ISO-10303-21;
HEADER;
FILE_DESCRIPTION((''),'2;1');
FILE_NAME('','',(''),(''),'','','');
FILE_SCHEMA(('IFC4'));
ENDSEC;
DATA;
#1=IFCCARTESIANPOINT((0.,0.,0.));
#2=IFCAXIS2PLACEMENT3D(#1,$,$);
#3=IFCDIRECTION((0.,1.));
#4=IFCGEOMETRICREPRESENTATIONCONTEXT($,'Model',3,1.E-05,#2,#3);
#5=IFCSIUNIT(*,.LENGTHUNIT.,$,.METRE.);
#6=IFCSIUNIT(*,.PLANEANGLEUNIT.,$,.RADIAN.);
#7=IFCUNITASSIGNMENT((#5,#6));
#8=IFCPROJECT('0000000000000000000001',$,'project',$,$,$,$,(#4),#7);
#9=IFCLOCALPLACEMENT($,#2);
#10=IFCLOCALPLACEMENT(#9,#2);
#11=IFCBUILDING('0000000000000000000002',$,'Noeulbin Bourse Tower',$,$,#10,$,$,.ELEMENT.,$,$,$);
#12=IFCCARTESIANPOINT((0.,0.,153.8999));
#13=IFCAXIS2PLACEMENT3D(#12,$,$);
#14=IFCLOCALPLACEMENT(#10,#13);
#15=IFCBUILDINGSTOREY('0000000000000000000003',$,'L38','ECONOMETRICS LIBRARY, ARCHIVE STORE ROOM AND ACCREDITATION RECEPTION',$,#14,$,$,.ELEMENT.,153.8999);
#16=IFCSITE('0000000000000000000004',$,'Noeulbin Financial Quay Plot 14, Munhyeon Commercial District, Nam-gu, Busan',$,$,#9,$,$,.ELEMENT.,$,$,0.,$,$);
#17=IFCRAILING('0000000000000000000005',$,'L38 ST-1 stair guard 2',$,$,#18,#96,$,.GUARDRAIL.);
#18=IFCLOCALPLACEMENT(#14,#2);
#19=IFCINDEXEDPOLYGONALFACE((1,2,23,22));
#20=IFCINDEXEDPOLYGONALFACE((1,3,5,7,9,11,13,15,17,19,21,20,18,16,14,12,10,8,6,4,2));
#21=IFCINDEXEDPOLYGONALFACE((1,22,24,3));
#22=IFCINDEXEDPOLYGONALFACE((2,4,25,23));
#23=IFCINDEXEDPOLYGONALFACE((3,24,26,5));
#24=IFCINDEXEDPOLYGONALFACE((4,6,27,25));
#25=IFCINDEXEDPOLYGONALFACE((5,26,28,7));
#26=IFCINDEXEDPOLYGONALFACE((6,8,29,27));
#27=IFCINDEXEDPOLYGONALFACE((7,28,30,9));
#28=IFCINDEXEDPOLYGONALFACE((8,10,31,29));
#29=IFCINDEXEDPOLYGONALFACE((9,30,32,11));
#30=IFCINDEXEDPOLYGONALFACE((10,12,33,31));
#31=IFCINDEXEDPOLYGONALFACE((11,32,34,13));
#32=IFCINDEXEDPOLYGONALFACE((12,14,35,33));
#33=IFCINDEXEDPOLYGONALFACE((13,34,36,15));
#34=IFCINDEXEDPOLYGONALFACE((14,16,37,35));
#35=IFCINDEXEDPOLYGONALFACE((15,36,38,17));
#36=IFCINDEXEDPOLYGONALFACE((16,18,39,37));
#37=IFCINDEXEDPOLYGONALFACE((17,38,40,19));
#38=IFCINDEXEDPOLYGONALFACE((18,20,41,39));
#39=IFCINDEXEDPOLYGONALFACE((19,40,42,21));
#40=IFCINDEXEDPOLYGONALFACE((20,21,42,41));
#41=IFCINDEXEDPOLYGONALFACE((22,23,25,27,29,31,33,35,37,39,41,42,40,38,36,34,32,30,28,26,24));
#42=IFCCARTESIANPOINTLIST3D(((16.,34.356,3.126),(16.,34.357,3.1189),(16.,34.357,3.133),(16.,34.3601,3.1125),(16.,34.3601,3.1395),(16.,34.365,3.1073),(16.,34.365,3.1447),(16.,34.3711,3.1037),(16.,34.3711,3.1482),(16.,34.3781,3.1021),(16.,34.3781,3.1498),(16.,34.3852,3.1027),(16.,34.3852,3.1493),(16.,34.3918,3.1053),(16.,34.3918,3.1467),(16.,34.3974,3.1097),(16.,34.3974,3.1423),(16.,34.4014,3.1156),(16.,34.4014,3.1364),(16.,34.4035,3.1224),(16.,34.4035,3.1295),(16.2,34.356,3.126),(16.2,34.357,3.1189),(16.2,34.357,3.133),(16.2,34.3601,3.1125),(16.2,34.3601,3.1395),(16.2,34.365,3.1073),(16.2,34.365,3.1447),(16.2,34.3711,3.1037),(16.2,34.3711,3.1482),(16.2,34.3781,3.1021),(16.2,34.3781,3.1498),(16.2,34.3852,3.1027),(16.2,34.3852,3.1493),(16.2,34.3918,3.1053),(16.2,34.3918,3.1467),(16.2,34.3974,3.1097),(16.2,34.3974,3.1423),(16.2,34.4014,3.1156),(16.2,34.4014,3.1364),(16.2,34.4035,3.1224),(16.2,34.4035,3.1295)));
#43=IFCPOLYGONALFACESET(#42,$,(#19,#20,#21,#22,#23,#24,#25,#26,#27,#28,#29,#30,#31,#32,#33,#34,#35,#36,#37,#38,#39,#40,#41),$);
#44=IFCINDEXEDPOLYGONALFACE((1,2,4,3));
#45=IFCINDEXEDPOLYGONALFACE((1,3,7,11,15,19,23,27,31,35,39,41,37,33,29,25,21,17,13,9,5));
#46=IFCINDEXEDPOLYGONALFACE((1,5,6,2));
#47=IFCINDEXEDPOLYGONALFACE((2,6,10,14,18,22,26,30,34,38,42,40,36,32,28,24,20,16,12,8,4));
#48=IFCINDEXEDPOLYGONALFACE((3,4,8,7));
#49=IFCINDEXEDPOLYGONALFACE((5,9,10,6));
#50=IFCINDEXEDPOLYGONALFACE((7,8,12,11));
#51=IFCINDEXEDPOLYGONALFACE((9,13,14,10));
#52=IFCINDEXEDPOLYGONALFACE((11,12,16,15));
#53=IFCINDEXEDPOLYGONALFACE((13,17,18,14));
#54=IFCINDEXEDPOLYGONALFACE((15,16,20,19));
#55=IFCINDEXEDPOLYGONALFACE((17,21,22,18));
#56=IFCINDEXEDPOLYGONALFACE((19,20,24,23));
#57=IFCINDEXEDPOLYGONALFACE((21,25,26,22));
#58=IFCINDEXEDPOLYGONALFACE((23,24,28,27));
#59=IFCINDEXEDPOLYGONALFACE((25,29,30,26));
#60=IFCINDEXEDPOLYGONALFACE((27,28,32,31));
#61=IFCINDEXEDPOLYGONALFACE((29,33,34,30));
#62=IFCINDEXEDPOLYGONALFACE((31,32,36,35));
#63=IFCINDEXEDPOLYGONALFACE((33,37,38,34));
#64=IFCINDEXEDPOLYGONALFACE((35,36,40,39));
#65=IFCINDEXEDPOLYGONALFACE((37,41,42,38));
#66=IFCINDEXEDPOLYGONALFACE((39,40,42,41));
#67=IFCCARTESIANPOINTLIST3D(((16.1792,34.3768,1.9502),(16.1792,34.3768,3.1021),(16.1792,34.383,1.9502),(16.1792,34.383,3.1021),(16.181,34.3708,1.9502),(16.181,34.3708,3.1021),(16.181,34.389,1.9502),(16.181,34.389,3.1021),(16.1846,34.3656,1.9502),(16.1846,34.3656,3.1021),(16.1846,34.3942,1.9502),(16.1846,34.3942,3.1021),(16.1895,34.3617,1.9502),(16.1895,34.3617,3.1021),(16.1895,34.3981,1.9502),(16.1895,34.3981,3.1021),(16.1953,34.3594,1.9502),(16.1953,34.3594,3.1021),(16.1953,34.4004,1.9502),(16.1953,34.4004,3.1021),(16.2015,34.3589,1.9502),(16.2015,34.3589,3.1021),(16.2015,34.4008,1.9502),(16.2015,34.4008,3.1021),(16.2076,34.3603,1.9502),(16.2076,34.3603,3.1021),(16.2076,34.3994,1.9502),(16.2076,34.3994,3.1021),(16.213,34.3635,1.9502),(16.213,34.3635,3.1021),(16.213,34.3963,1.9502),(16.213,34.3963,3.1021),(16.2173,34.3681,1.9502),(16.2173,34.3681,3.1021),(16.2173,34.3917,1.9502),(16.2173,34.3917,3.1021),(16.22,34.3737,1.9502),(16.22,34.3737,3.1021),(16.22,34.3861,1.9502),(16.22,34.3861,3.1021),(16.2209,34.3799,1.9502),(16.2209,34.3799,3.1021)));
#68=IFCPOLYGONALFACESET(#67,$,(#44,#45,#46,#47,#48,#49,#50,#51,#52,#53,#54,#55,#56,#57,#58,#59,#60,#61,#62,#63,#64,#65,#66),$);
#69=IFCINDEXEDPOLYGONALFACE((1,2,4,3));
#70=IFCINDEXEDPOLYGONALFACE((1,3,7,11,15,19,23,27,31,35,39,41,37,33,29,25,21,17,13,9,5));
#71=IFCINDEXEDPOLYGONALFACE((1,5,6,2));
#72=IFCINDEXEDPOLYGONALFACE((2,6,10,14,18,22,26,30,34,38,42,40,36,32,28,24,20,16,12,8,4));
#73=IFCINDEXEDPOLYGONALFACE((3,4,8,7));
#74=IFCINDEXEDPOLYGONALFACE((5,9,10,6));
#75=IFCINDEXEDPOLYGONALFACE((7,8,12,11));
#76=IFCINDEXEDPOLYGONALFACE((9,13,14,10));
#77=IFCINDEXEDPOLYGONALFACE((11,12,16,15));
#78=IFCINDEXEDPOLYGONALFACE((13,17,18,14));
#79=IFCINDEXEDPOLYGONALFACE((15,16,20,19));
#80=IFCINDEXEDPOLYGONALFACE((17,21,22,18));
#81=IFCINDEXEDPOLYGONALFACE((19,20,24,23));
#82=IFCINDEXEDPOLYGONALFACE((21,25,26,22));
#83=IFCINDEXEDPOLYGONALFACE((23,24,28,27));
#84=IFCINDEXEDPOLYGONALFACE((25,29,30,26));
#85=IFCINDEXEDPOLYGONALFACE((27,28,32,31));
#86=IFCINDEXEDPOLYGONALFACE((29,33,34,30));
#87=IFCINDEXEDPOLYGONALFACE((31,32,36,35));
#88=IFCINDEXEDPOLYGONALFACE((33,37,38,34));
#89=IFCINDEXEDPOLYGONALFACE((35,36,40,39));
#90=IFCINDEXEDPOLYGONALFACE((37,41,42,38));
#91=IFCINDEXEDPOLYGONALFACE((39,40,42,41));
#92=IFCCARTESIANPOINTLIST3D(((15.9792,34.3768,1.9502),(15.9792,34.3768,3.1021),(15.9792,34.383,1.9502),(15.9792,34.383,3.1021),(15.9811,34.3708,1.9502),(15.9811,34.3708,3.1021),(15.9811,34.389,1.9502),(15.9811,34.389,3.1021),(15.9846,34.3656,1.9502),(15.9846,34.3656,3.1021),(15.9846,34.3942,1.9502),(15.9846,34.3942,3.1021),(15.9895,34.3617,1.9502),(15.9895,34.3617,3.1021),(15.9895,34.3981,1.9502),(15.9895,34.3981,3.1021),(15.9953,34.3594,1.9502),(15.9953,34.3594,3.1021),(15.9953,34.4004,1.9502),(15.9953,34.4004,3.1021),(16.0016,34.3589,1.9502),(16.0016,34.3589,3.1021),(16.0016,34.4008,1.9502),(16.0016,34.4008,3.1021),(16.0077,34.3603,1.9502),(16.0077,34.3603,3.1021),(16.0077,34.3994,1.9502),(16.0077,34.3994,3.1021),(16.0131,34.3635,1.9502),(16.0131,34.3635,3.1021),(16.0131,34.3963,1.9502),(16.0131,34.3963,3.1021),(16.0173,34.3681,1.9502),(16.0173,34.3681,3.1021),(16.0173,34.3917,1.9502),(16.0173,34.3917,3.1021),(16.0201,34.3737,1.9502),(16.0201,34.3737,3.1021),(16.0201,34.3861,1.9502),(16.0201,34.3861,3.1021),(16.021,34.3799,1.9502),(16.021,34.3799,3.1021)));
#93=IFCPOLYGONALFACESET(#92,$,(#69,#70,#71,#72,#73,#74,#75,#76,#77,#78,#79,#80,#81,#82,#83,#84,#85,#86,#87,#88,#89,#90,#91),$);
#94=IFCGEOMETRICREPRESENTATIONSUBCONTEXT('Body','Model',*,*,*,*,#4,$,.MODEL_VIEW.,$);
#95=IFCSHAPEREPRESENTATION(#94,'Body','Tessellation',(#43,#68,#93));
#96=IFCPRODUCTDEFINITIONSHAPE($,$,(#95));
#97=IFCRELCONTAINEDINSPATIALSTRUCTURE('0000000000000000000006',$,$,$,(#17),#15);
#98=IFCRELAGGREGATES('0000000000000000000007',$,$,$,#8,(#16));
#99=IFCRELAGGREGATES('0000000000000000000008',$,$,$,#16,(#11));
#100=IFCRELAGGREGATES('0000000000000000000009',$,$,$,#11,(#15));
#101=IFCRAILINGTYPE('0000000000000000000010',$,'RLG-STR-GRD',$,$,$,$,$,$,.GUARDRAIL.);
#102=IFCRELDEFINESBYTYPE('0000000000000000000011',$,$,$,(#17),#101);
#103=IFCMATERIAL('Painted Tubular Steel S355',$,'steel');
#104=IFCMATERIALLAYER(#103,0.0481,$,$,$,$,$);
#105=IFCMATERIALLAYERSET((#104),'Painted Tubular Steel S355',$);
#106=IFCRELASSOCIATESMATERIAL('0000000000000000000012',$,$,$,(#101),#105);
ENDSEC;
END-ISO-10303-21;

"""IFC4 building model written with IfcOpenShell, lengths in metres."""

from ifc_helpers import new_model, si_unit, direction, frame, origin, origin_2d, place, context, subcontext, project, spatial, circle, extrude, material, layer, layer_set, type_object, element, save


model = new_model("IFC4")

# Units and contexts
model_context = context("Model", 3, precision=1e-05, world=origin(), true_north=direction((0.0, 1.0)))
body_context = subcontext(model_context, "Body", "Model", "MODEL_VIEW")
ifc_project = project(units=[si_unit("LENGTHUNIT", "METRE"), si_unit("PLANEANGLEUNIT", "RADIAN")], contexts=[model_context])

# Site, building, storey
site_placement = place(None, origin())
site = spatial("IfcSite", under=ifc_project, at=site_placement, Name="Noeulbin Financial Quay Plot 14, Munhyeon Commercial District, Nam-gu, Busan", CompositionType="ELEMENT", RefElevation=0.0)
building_placement = place(site_placement, origin())
building = spatial("IfcBuilding", under=site, at=building_placement, Name="Noeulbin Bourse Tower", CompositionType="ELEMENT")
storey_placement = place(building_placement, frame((0.0, 0.0, 153.8999)))
storey = spatial("IfcBuildingStorey", under=building, at=storey_placement, Name="L38", Description="ECONOMETRICS LIBRARY, ARCHIVE STORE ROOM AND ACCREDITATION RECEPTION", CompositionType="ELEMENT", Elevation=153.8999)

# Railing
ifc_material_1 = material(Name="Painted Tubular Steel S355", Category="steel")
ifc_layer_1 = layer(ifc_material_1, 0.0481)
ifc_layer_set_1 = layer_set([ifc_layer_1], Name="Painted Tubular Steel S355")
railing_type_1 = type_object("IfcRailingType", Name="RLG-STR-GRD", PredefinedType="GUARDRAIL", material=ifc_layer_set_1)
railing_1_placement = place(storey_placement, frame((16.2, 34.3799, 1.9502)))
element("IfcRailing", 1, at=railing_1_placement, inside=storey, type_object=railing_type_1, Name="L38 ST-1 stair guard 2", PredefinedType="GUARDRAIL", context=body_context, shape_type="SweptSolid", body=[
    extrude(circle(Radius=0.0239, at=origin_2d()), frame((0.0, 0.0, 1.1758), z_axis=(-1.0, 0.0, 0.0), x_axis=(0.0, -1.0, 0.0)), (0.0, 0.0, 1.0), 0.2),
    extrude(circle(Radius=0.021, at=origin_2d()), origin(), (0.0, 0.0, 1.0), 1.1519),
    extrude(circle(Radius=0.021, at=origin_2d()), frame((-0.2, 0.0, 0.0)), (0.0, 0.0, 1.0), 1.1519),
])

save(model, "model.ifc")
